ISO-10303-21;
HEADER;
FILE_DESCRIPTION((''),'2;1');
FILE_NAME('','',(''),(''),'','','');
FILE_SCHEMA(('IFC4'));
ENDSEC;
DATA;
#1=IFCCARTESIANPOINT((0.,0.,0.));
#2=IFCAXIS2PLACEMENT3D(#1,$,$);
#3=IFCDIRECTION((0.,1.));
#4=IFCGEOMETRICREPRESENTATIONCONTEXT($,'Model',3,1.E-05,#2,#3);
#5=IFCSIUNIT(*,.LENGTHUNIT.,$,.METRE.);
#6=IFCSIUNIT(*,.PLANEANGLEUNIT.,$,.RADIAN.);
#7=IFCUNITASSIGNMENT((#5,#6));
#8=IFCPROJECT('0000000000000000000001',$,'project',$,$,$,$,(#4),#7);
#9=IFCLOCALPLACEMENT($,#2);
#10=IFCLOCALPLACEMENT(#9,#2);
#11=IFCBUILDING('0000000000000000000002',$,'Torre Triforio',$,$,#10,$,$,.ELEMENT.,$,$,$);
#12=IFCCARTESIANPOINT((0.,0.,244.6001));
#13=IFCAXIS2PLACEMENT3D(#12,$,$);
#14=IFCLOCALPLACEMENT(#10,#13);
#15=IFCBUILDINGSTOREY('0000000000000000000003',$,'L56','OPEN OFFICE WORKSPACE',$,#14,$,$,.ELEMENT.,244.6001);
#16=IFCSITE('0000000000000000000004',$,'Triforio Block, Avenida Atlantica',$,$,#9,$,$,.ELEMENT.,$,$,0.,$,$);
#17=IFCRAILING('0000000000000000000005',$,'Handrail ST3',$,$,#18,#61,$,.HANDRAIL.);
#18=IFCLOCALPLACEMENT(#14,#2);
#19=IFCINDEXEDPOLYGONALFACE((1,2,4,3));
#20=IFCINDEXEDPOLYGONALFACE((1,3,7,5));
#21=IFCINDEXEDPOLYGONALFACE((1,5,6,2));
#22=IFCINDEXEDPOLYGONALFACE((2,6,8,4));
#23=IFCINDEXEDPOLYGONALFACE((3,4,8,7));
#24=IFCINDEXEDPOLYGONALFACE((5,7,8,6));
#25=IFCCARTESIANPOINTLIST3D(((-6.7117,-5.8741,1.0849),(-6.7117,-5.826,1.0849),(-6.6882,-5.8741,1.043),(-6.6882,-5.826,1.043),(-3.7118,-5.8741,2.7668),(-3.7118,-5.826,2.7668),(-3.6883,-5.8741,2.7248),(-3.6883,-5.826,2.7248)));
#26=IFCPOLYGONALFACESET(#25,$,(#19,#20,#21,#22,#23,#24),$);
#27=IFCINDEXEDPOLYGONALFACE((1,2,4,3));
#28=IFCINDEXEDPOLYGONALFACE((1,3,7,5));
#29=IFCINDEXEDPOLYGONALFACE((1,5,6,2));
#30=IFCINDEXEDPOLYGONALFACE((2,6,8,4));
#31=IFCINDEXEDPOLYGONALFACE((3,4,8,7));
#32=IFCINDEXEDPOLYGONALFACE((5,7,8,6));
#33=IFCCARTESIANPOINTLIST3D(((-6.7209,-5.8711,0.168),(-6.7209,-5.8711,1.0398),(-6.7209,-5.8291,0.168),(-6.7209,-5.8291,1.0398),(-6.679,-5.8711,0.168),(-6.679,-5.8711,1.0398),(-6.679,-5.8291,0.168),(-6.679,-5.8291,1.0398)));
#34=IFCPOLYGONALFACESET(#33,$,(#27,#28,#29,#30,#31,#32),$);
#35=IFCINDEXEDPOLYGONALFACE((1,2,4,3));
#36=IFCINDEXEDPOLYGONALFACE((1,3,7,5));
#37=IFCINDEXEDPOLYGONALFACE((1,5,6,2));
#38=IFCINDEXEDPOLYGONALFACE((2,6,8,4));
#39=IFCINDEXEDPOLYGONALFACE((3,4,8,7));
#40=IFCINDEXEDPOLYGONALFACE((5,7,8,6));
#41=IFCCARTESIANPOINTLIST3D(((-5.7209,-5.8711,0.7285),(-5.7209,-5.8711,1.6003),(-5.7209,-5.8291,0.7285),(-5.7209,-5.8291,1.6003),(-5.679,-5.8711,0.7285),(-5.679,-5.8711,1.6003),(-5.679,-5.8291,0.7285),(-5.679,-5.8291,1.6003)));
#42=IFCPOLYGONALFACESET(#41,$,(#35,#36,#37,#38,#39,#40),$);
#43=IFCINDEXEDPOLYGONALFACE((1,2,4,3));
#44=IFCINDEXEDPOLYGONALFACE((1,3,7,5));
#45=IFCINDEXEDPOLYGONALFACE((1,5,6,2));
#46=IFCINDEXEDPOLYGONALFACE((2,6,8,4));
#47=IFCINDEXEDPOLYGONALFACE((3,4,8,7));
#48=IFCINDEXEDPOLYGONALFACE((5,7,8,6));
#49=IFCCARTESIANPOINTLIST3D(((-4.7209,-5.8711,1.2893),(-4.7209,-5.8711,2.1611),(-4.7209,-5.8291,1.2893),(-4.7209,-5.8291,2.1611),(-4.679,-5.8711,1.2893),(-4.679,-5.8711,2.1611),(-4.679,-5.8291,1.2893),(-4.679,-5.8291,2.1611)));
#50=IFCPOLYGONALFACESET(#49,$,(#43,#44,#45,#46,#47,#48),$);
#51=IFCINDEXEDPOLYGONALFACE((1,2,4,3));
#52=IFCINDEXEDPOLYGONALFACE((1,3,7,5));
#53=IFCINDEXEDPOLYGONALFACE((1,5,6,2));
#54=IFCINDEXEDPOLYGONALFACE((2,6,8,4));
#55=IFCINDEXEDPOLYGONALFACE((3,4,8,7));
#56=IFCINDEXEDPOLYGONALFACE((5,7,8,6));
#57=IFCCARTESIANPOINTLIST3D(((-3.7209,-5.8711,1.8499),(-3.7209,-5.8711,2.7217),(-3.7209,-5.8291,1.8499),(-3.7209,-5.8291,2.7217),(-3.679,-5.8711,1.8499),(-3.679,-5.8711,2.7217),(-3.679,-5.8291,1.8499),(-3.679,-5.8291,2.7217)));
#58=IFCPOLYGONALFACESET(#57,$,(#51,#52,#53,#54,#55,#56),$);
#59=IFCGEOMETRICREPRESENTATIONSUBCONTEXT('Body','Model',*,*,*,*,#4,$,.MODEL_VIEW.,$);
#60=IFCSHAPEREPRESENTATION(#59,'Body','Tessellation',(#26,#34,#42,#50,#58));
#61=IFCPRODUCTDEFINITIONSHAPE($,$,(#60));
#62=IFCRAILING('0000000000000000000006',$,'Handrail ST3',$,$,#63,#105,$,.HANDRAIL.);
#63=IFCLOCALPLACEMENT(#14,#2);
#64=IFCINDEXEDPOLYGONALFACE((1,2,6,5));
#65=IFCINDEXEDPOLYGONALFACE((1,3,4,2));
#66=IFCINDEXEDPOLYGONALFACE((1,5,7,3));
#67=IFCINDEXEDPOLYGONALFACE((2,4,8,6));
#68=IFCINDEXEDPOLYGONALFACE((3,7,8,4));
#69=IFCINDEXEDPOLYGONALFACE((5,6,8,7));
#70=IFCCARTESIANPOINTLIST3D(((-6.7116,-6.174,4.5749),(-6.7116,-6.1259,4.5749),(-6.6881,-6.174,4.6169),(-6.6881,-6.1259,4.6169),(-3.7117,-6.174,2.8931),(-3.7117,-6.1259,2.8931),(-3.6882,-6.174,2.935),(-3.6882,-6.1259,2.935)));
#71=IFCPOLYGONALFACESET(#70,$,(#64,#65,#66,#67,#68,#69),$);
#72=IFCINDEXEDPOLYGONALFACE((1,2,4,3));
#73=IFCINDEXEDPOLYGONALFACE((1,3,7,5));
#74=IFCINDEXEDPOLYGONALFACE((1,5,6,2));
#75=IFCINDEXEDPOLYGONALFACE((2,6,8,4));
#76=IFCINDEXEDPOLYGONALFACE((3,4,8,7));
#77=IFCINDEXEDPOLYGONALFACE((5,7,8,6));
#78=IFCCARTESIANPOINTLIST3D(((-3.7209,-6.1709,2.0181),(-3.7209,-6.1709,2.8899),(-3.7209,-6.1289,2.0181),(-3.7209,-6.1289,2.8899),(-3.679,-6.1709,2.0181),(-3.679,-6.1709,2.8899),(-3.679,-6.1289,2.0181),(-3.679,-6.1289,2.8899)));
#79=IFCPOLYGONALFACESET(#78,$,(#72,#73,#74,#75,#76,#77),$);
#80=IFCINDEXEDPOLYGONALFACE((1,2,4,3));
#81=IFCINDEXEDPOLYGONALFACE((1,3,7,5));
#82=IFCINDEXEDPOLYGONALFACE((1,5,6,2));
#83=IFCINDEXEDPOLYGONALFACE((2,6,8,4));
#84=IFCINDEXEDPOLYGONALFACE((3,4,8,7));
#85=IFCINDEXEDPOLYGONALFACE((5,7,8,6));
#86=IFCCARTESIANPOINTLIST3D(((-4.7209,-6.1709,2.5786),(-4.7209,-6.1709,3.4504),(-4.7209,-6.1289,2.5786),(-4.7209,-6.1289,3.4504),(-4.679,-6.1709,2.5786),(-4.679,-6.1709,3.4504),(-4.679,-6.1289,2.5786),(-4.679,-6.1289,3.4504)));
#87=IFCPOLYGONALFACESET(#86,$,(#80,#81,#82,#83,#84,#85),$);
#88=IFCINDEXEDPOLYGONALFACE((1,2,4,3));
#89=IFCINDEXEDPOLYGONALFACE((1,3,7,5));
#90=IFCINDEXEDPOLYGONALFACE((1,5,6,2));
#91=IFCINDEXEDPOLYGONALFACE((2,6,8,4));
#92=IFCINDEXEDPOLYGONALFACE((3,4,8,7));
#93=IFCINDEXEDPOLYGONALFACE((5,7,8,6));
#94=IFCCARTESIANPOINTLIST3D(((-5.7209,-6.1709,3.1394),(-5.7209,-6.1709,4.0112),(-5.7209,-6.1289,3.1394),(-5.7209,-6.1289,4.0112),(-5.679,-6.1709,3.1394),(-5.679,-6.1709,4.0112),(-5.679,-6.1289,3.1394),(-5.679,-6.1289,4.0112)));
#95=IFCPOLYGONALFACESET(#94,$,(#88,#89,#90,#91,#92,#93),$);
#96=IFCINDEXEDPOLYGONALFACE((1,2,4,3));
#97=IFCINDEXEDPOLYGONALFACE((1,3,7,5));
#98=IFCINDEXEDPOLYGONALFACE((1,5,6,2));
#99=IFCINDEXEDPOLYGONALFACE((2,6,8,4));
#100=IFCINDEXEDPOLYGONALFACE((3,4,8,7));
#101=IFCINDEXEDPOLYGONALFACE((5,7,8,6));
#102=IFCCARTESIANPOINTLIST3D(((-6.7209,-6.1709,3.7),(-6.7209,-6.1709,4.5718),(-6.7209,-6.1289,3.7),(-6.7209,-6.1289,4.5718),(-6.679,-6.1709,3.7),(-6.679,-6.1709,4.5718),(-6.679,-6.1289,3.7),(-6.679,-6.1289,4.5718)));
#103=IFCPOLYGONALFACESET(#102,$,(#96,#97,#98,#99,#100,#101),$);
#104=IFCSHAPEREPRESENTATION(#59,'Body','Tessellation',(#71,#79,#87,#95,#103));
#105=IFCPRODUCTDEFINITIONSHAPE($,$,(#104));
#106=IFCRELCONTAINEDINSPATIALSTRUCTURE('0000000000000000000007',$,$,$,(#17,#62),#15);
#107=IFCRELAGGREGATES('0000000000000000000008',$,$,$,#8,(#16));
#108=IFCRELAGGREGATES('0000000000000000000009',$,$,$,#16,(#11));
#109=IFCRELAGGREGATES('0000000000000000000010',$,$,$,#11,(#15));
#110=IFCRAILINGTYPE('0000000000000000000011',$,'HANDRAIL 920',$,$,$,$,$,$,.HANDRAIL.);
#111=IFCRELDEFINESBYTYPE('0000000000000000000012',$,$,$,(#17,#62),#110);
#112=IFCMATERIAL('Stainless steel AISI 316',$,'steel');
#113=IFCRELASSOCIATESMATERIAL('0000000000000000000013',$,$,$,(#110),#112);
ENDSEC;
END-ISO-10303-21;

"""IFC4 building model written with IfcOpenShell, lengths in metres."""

from ifc_helpers import new_model, si_unit, direction, frame, origin, origin_2d, place, context, subcontext, project, spatial, rectangle, extrude, material, type_object, element, save


model = new_model("IFC4")

# Units and contexts
model_context = context("Model", 3, precision=1e-05, world=origin(), true_north=direction((0.0, 1.0)))
body_context = subcontext(model_context, "Body", "Model", "MODEL_VIEW")
ifc_project = project(units=[si_unit("LENGTHUNIT", "METRE"), si_unit("PLANEANGLEUNIT", "RADIAN")], contexts=[model_context])

# Site, building, storey
site_placement = place(None, origin())
site = spatial("IfcSite", under=ifc_project, at=site_placement, Name="Triforio Block, Avenida Atlantica", CompositionType="ELEMENT", RefElevation=0.0)
building_placement = place(site_placement, origin())
building = spatial("IfcBuilding", under=site, at=building_placement, Name="Torre Triforio", CompositionType="ELEMENT")
storey_placement = place(building_placement, frame((0.0, 0.0, 244.6001)))
storey = spatial("IfcBuildingStorey", under=building, at=storey_placement, Name="L56", Description="OPEN OFFICE WORKSPACE", CompositionType="ELEMENT", Elevation=244.6001)

# Railings
ifc_material_1 = material(Name="Stainless steel AISI 316", Category="steel")
railing_type = type_object("IfcRailingType", Name="HANDRAIL 920", PredefinedType="HANDRAIL", material=ifc_material_1)
for number, where, name in (
    (1, (-6.7, -5.8501, 0.168), "Handrail ST3"),
):
    element("IfcRailing", number, at=place(storey_placement, frame(where)), inside=storey, type_object=railing_type, Name=name, PredefinedType="HANDRAIL", context=body_context, shape_type="SweptSolid", body=[
        extrude(rectangle(XDim=0.0481, YDim=0.0481, at=origin_2d()), frame((0.0, 0.0, 0.896), z_axis=(0.872272, 0.0, 0.48902), x_axis=(0.0, 1.0, 0.0)), (0.0, 0.0, 1.0), 3.4392),
        extrude(rectangle(XDim=0.042, YDim=0.042, at=origin_2d()), origin(), (0.0, 0.0, 1.0), 0.8718),
        extrude(rectangle(XDim=0.042, YDim=0.042, at=origin_2d()), frame((1.0, 0.0, 0.5605)), (0.0, 0.0, 1.0), 0.8718),
        extrude(rectangle(XDim=0.042, YDim=0.042, at=origin_2d()), frame((2.0, 0.0, 1.1213)), (0.0, 0.0, 1.0), 0.8718),
        extrude(rectangle(XDim=0.042, YDim=0.042, at=origin_2d()), frame((3.0, 0.0, 1.6819)), (0.0, 0.0, 1.0), 0.8718),
    ])
railing_placement = place(storey_placement, frame((-3.7, -6.1499, 2.0181)))
element("IfcRailing", 2, at=railing_placement, inside=storey, type_object=railing_type, Name="Handrail ST3", PredefinedType="HANDRAIL", context=body_context, shape_type="SweptSolid", body=[
    extrude(rectangle(XDim=0.0481, YDim=0.0481, at=origin_2d()), frame((0.0, 0.0, 0.896), z_axis=(-0.872272, 0.0, 0.48902), x_axis=(0.0, -1.0, 0.0)), (0.0, 0.0, 1.0), 3.4392),
    extrude(rectangle(XDim=0.042, YDim=0.042, at=origin_2d()), origin(), (0.0, 0.0, 1.0), 0.8718),
    extrude(rectangle(XDim=0.042, YDim=0.042, at=origin_2d()), frame((-1.0, 0.0, 0.5605)), (0.0, 0.0, 1.0), 0.8718),
    extrude(rectangle(XDim=0.042, YDim=0.042, at=origin_2d()), frame((-2.0, 0.0, 1.1213)), (0.0, 0.0, 1.0), 0.8718),
    extrude(rectangle(XDim=0.042, YDim=0.042, at=origin_2d()), frame((-3.0, 0.0, 1.6819)), (0.0, 0.0, 1.0), 0.8718),
])

save(model, "model.ifc")
